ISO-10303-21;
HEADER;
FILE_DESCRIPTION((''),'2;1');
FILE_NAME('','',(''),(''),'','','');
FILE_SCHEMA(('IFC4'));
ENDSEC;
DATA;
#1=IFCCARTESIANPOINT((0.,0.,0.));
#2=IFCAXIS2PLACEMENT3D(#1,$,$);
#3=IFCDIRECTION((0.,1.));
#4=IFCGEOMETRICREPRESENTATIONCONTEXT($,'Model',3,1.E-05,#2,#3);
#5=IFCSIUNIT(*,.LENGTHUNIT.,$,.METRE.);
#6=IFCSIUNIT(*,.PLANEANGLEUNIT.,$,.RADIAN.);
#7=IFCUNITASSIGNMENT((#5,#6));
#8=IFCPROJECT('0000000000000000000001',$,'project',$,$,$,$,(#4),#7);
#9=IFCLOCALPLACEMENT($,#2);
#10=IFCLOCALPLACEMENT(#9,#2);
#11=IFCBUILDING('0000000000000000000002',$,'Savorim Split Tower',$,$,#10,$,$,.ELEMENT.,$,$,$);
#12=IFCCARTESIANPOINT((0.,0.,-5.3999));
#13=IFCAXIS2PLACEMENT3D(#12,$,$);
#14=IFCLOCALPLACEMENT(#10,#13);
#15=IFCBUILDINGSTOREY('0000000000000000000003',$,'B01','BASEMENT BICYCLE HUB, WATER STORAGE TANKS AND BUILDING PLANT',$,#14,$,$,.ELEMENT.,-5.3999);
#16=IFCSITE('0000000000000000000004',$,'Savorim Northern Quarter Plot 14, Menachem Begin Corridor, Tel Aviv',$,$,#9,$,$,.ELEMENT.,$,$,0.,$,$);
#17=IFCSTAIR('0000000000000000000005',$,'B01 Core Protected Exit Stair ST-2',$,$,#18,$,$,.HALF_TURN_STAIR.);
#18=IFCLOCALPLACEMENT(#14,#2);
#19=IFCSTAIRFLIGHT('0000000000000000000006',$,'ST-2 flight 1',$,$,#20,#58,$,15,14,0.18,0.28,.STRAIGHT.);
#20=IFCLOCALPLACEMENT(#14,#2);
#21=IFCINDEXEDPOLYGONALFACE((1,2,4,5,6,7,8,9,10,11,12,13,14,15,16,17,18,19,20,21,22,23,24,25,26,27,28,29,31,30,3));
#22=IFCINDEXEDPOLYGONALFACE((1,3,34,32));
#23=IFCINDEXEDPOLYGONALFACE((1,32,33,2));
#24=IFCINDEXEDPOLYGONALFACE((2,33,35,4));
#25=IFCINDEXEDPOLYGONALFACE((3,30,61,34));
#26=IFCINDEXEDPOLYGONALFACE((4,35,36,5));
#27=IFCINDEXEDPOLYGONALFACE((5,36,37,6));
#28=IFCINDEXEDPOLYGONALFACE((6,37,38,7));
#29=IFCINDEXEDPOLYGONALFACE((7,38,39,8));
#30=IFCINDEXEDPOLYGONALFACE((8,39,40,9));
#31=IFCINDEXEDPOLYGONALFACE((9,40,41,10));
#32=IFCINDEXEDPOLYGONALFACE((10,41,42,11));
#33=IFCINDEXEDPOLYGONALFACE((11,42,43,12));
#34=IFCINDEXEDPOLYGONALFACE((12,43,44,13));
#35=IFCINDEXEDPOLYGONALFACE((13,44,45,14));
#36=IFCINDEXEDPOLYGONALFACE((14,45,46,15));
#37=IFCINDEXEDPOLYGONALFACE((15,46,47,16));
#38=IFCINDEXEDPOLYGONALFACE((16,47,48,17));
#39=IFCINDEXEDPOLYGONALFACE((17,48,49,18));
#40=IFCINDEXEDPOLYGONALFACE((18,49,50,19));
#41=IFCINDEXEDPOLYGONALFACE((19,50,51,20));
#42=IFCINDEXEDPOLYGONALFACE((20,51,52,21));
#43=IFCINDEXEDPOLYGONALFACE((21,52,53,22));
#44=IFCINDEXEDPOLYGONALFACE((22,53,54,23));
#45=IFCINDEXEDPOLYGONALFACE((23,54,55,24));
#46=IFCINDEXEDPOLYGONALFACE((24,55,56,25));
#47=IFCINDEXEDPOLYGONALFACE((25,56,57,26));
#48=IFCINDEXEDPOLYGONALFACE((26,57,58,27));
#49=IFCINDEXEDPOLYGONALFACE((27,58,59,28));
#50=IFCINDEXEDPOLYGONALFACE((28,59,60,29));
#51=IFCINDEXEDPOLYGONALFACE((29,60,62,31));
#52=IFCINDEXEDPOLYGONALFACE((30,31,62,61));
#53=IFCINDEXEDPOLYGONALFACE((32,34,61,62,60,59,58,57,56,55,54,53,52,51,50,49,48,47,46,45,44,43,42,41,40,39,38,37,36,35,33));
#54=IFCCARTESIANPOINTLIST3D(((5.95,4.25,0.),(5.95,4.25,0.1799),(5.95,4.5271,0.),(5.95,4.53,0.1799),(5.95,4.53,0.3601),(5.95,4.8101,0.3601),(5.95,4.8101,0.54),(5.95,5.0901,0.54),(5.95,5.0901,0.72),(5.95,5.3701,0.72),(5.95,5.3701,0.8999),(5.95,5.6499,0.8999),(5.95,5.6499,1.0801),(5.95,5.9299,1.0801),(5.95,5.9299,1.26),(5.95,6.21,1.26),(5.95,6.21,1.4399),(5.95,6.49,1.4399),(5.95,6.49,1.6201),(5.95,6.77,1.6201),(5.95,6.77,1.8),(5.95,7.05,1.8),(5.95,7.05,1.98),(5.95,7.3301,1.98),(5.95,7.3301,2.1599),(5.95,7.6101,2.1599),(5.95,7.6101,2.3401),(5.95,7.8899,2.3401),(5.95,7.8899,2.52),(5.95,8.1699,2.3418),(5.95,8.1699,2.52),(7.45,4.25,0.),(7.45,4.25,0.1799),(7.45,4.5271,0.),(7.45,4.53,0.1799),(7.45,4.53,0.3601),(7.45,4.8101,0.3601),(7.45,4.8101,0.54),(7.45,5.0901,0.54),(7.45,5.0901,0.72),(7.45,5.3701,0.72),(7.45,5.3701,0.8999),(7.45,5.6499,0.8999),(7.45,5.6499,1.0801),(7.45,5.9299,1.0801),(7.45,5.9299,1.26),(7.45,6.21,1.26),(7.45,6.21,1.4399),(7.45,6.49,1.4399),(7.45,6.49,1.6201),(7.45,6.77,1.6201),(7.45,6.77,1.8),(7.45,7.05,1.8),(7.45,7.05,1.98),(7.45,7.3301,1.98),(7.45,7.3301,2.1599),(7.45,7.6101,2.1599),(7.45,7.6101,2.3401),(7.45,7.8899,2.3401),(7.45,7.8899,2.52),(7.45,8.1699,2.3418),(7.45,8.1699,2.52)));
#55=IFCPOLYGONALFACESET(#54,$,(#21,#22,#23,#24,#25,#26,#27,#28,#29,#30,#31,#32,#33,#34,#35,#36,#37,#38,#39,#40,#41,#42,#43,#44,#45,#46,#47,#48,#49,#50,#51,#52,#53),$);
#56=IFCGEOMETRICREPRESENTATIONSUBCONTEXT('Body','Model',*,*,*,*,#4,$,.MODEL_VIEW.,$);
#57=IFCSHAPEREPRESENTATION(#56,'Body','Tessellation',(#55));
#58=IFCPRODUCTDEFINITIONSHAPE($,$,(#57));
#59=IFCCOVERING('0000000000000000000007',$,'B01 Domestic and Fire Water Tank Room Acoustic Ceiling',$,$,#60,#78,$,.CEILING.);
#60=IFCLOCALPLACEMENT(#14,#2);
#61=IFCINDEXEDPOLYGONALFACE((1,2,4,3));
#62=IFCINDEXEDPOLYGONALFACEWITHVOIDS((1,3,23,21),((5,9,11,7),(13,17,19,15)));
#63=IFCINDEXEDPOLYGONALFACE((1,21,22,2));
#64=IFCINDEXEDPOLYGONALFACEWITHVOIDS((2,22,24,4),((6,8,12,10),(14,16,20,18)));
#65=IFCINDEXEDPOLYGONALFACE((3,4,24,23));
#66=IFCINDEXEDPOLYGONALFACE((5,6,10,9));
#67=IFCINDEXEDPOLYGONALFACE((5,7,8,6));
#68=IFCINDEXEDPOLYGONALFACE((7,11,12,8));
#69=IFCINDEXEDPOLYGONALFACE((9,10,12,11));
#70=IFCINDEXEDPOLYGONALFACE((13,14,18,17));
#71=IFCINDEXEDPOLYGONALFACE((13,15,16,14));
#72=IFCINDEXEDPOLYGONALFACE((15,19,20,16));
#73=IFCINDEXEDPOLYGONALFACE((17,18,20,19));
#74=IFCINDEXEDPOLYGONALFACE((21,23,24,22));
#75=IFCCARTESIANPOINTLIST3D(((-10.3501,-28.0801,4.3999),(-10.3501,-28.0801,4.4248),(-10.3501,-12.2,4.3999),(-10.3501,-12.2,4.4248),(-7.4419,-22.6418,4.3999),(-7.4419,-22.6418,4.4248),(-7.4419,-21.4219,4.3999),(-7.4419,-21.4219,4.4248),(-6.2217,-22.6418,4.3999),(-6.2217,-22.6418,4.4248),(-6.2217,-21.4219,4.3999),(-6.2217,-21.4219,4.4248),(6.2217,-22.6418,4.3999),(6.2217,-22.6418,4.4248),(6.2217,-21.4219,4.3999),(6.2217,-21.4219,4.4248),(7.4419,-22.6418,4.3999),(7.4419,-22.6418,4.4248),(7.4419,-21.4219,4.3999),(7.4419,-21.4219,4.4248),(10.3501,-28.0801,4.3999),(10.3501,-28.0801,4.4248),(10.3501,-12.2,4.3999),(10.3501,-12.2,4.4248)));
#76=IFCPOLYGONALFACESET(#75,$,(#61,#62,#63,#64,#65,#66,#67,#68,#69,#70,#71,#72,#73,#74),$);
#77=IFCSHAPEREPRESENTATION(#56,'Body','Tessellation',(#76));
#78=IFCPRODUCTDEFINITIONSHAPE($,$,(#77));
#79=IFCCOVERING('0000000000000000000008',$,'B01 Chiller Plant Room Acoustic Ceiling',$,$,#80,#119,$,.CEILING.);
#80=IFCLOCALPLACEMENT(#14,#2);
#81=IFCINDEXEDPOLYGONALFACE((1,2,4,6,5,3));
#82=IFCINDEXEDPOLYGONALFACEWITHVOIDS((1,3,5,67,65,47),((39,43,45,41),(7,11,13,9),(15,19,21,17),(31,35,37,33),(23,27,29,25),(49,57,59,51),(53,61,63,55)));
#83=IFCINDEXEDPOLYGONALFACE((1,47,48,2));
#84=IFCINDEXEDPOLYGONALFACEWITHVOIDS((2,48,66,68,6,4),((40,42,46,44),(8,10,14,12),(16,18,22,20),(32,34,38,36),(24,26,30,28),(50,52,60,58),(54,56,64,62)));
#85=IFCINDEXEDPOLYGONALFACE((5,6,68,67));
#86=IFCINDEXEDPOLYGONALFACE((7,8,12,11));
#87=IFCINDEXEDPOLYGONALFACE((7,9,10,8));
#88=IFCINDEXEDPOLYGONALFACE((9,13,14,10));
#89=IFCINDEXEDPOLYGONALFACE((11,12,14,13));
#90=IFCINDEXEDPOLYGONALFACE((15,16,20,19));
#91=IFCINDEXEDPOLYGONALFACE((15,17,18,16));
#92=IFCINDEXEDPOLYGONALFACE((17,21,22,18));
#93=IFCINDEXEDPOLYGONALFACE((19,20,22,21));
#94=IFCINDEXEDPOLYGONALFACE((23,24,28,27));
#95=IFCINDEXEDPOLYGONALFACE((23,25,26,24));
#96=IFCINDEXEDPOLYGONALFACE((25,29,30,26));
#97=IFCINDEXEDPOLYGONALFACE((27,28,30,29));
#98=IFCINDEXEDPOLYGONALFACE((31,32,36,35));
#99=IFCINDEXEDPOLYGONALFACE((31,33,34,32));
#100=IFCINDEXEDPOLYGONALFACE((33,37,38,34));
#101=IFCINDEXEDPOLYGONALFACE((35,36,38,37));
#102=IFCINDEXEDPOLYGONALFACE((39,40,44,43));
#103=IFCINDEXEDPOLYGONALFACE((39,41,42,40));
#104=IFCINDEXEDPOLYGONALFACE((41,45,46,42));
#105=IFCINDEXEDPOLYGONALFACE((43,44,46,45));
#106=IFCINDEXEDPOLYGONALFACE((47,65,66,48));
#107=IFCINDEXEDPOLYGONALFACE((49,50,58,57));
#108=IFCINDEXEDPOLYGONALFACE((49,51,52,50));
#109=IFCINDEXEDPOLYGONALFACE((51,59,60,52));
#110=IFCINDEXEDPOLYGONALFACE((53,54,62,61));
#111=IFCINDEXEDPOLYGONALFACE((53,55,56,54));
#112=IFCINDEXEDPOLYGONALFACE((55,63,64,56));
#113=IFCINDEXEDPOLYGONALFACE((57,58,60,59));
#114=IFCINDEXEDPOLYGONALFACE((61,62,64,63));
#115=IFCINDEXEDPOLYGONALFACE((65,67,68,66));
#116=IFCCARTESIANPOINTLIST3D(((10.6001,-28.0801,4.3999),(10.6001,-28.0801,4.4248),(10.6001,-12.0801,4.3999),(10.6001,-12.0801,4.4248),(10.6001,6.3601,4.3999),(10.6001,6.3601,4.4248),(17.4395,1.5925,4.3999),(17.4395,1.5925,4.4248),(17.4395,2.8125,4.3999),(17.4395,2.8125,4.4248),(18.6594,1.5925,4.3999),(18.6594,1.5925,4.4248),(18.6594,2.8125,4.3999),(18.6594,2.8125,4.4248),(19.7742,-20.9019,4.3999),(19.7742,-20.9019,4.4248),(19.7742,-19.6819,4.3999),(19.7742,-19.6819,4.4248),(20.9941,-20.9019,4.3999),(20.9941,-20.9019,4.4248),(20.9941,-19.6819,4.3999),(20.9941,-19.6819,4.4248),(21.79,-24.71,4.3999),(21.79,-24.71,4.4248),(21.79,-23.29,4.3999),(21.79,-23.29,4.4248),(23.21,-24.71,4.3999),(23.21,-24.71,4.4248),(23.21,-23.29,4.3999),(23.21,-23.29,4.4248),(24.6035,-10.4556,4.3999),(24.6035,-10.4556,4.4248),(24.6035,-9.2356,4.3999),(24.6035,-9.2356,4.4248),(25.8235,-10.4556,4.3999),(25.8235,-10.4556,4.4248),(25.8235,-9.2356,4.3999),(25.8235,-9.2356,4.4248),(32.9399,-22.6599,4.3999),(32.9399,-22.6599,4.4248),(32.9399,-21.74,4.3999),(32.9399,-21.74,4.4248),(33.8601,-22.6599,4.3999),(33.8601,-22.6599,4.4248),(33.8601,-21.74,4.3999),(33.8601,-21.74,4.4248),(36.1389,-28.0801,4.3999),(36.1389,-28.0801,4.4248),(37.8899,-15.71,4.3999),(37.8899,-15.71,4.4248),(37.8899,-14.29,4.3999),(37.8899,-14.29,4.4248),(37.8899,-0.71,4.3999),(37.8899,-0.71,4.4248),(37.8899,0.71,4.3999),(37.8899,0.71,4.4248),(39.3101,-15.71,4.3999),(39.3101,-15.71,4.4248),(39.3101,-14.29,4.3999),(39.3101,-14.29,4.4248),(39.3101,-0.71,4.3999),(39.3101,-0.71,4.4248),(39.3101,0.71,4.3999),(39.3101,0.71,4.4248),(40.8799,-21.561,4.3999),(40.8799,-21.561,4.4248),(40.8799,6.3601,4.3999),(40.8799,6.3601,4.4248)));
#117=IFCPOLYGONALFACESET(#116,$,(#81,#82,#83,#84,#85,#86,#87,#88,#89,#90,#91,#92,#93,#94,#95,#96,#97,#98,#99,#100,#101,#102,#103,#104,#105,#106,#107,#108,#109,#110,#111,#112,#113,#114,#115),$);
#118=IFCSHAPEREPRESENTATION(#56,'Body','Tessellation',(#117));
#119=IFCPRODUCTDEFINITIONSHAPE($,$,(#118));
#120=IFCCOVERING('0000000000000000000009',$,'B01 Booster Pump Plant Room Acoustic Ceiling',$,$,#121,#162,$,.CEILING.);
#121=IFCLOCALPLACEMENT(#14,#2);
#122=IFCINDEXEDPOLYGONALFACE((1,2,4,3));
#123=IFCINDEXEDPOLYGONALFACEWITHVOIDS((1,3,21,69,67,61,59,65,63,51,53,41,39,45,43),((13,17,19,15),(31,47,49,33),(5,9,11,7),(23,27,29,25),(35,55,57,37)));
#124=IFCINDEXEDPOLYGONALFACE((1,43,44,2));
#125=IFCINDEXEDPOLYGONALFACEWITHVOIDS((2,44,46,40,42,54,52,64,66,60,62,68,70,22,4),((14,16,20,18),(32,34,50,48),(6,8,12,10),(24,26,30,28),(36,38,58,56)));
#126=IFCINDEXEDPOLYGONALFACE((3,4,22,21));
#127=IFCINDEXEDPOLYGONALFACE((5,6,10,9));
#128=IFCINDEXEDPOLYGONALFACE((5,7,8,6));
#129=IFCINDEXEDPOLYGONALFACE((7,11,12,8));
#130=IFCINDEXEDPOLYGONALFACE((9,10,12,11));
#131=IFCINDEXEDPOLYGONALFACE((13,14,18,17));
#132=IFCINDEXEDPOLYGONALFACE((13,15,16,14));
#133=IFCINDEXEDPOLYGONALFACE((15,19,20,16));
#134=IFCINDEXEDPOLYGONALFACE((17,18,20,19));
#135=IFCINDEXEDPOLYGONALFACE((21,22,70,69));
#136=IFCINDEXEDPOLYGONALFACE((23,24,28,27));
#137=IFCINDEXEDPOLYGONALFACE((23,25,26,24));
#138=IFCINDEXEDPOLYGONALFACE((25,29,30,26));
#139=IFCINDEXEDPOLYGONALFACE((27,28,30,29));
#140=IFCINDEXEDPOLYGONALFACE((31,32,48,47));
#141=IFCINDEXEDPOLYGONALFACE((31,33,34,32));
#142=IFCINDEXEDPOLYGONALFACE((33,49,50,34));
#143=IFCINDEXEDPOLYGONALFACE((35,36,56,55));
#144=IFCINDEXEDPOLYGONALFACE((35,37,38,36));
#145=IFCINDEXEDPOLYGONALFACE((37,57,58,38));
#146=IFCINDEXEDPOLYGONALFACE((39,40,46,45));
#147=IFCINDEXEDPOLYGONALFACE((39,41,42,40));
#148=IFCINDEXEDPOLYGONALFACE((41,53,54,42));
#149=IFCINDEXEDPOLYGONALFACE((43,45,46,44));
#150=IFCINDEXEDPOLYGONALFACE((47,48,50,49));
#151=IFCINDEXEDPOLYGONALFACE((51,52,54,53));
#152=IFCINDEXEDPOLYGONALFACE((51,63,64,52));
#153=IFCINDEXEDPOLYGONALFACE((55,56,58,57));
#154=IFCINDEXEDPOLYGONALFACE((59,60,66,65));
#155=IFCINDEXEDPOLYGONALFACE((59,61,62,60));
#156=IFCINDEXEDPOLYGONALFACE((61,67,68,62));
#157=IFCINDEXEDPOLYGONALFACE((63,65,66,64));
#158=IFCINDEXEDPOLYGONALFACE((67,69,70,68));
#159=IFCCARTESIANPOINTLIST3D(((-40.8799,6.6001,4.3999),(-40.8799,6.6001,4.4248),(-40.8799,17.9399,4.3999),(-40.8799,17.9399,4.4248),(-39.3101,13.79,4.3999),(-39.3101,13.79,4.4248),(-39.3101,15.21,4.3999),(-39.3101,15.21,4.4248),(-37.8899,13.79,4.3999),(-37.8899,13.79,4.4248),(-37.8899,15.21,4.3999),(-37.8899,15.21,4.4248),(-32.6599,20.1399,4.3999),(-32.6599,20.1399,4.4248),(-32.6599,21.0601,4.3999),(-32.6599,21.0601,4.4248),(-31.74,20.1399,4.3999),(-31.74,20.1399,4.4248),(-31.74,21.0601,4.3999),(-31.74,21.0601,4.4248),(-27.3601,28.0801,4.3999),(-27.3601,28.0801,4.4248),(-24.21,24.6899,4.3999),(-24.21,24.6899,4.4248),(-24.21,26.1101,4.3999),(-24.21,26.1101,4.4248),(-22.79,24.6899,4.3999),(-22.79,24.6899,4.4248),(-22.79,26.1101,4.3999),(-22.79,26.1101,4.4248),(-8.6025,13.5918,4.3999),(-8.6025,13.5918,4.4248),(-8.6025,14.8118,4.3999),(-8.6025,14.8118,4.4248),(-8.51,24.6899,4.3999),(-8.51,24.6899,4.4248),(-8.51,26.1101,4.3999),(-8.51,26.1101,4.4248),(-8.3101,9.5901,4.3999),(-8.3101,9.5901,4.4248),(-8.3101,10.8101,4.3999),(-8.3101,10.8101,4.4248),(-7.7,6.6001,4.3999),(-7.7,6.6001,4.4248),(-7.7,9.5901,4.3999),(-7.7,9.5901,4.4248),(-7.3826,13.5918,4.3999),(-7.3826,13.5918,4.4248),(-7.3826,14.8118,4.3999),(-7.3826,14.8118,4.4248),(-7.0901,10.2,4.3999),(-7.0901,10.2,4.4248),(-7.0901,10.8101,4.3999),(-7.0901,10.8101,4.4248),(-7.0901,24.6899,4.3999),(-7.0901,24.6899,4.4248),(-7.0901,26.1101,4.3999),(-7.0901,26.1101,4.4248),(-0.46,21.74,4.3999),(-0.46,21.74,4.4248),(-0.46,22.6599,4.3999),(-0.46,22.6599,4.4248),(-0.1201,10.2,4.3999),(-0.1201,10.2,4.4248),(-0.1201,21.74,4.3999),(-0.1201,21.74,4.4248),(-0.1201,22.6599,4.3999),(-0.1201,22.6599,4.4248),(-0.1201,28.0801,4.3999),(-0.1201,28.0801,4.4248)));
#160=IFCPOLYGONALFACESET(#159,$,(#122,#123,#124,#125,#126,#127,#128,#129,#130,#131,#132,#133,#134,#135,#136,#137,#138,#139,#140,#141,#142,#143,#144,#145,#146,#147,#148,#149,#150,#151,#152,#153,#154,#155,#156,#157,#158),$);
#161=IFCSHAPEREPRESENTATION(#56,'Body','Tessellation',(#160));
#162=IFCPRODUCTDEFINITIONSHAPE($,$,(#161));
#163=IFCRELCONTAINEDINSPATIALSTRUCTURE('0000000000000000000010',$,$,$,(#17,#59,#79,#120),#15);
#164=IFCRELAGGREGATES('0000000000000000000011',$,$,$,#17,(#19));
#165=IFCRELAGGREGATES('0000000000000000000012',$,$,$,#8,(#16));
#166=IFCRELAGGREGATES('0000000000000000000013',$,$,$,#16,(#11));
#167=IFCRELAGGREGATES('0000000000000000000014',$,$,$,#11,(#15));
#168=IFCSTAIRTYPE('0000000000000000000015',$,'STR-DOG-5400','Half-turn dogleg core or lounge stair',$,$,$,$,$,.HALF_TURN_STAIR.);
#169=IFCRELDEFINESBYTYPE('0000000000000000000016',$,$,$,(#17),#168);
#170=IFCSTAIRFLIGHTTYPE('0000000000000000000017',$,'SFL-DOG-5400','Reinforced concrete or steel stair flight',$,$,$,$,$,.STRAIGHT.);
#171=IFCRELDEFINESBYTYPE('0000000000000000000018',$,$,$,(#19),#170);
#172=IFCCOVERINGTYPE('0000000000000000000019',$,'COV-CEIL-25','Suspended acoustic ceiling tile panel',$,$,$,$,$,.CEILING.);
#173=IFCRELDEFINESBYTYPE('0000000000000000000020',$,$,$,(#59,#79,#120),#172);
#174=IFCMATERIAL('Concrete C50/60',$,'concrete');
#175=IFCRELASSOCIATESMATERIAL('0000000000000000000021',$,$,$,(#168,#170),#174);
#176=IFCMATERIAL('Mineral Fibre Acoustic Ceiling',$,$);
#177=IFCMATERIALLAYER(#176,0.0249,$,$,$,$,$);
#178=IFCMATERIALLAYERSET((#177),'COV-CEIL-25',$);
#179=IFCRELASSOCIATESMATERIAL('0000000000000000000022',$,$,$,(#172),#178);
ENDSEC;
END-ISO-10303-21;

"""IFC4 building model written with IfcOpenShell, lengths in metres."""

from ifc_helpers import new_model, si_unit, direction, frame, origin, place, context, subcontext, project, spatial, polyline, outline, extrude, material, layer, layer_set, type_object, element, aggregate, save


model = new_model("IFC4")

# Units and contexts
model_context = context("Model", 3, precision=1e-05, world=origin(), true_north=direction((0.0, 1.0)))
body_context = subcontext(model_context, "Body", "Model", "MODEL_VIEW")
ifc_project = project(units=[si_unit("LENGTHUNIT", "METRE"), si_unit("PLANEANGLEUNIT", "RADIAN")], contexts=[model_context])

# Site, building, storey
site_placement = place(None, origin())
site = spatial("IfcSite", under=ifc_project, at=site_placement, Name="Savorim Northern Quarter Plot 14, Menachem Begin Corridor, Tel Aviv", CompositionType="ELEMENT", RefElevation=0.0)
building_placement = place(site_placement, origin())
building = spatial("IfcBuilding", under=site, at=building_placement, Name="Savorim Split Tower", CompositionType="ELEMENT")
storey_placement = place(building_placement, frame((0.0, 0.0, -5.3999)))
storey = spatial("IfcBuildingStorey", under=building, at=storey_placement, Name="B01", Description="BASEMENT BICYCLE HUB, WATER STORAGE TANKS AND BUILDING PLANT", CompositionType="ELEMENT", Elevation=-5.3999)

# Shared definitions
ifc_material_1 = material(Name="Concrete C50/60", Category="concrete")

# Stair, stair flight
stair_type = type_object("IfcStairType", Name="STR-DOG-5400", Description="Half-turn dogleg core or lounge stair", PredefinedType="HALF_TURN_STAIR", material=ifc_material_1)
stair_placement = place(storey_placement, origin())
stair = element("IfcStair", 1, at=stair_placement, inside=storey, type_object=stair_type, Name="B01 Core Protected Exit Stair ST-2", PredefinedType="HALF_TURN_STAIR")
stair_flight_type = type_object("IfcStairFlightType", Name="SFL-DOG-5400", Description="Reinforced concrete or steel stair flight", PredefinedType="STRAIGHT", material=ifc_material_1)
stair_flight_placement = place(storey_placement, frame((6.7, 4.25, 0.0), z_axis=(0.0, 0.0, 1.0), x_axis=(0.0, 1.0, 0.0)))
stair_flight = element("IfcStairFlight", 2, at=stair_flight_placement, type_object=stair_flight_type, Name="ST-2 flight 1", NumberOfRisers=15, NumberOfTreads=14, PredefinedType="STRAIGHT", RiserHeight=0.18, TreadLength=0.28, context=body_context, shape_type="SweptSolid", body=[
    extrude(outline(polyline([(0.0, 0.0), (0.0, 0.1799), (0.28, 0.1799), (0.28, 0.3601), (0.5601, 0.3601), (0.5601, 0.54), (0.8401, 0.54), (0.8401, 0.72), (1.1201, 0.72), (1.1201, 0.8999), (1.3999, 0.8999), (1.3999, 1.0801), (1.6799, 1.0801), (1.6799, 1.26), (1.96, 1.26), (1.96, 1.4399), (2.24, 1.4399), (2.24, 1.6201), (2.52, 1.6201), (2.52, 1.8), (2.8, 1.8), (2.8, 1.98), (3.0801, 1.98), (3.0801, 2.1599), (3.3601, 2.1599), (3.3601, 2.3401), (3.6399, 2.3401), (3.6399, 2.52), (3.9199, 2.52), (3.9199, 2.7), (3.9199, 2.3418), (0.2771, 0.0), (0.0, 0.0)])), frame((0.0, 0.75, 0.0), z_axis=(0.0, -1.0, 0.0), x_axis=(1.0, 0.0, 0.0)), (0.0, 0.0, 1.0), 1.5),
])
aggregate(stair, [stair_flight])

# Coverings
ifc_material_2 = material(Name="Mineral Fibre Acoustic Ceiling")
ifc_layer_1 = layer(ifc_material_2, 0.0249)
ifc_layer_set_1 = layer_set([ifc_layer_1], Name="COV-CEIL-25")
covering_type_1 = type_object("IfcCoveringType", Name="COV-CEIL-25", Description="Suspended acoustic ceiling tile panel", PredefinedType="CEILING", material=ifc_layer_set_1)
covering_1_placement = place(storey_placement, frame((0.0, 0.0, 4.3999)))
element("IfcCovering", 3, at=covering_1_placement, inside=storey, type_object=covering_type_1, Name="B01 Domestic and Fire Water Tank Room Acoustic Ceiling", PredefinedType="CEILING", context=body_context, shape_type="SweptSolid", body=[
    extrude(outline(polyline([(-10.3501, -12.2), (-10.3501, -28.0801), (10.3501, -28.0801), (10.3501, -12.2), (-10.3501, -12.2)]), holes=[polyline([(-6.2217, -21.4219), (-7.4419, -21.4219), (-7.4419, -22.6418), (-6.2217, -22.6418), (-6.2217, -21.4219)]), polyline([(6.2217, -21.4219), (6.2217, -22.6418), (7.4419, -22.6418), (7.4419, -21.4219), (6.2217, -21.4219)])]), origin(), (0.0, 0.0, 1.0), 0.0249),
])
covering_2_placement = place(storey_placement, frame((0.0, 0.0, 4.3999)))
element("IfcCovering", 4, at=covering_2_placement, inside=storey, type_object=covering_type_1, Name="B01 Chiller Plant Room Acoustic Ceiling", PredefinedType="CEILING", context=body_context, shape_type="SweptSolid", body=[
    extrude(outline(polyline([(10.6001, -28.0801), (36.1389, -28.0801), (40.8799, -21.561), (40.8799, 6.3601), (10.6001, 6.3601), (10.6001, -12.0801), (10.6001, -28.0801)]), holes=[polyline([(37.8899, -14.29), (37.8899, -15.71), (39.3101, -15.71), (39.3101, -14.29), (37.8899, -14.29)]), polyline([(37.8899, 0.71), (37.8899, -0.71), (39.3101, -0.71), (39.3101, 0.71), (37.8899, 0.71)]), polyline([(21.79, -24.71), (23.21, -24.71), (23.21, -23.29), (21.79, -23.29), (21.79, -24.71)]), polyline([(19.7742, -20.9019), (20.9941, -20.9019), (20.9941, -19.6819), (19.7742, -19.6819), (19.7742, -20.9019)]), polyline([(25.8235, -10.4556), (25.8235, -9.2356), (24.6035, -9.2356), (24.6035, -10.4556), (25.8235, -10.4556)]), polyline([(18.6594, 2.8125), (17.4395, 2.8125), (17.4395, 1.5925), (18.6594, 1.5925), (18.6594, 2.8125)]), polyline([(32.9399, -21.74), (32.9399, -22.6599), (33.8601, -22.6599), (33.8601, -21.74), (32.9399, -21.74)])]), origin(), (0.0, 0.0, 1.0), 0.0249),
])
covering_3_placement = place(storey_placement, frame((0.0, 0.0, 4.3999)))
element("IfcCovering", 5, at=covering_3_placement, inside=storey, type_object=covering_type_1, Name="B01 Booster Pump Plant Room Acoustic Ceiling", PredefinedType="CEILING", context=body_context, shape_type="SweptSolid", body=[
    extrude(outline(polyline([(-0.1201, 28.0801), (-27.3601, 28.0801), (-40.8799, 17.9399), (-40.8799, 6.6001), (-7.7, 6.6001), (-7.7, 9.5901), (-8.3101, 9.5901), (-8.3101, 10.8101), (-7.0901, 10.8101), (-7.0901, 10.2), (-0.1201, 10.2), (-0.1201, 21.74), (-0.46, 21.74), (-0.46, 22.6599), (-0.1201, 22.6599), (-0.1201, 28.0801)]), holes=[polyline([(-7.0901, 24.6899), (-7.0901, 26.1101), (-8.51, 26.1101), (-8.51, 24.6899), (-7.0901, 24.6899)]), polyline([(-22.79, 26.1101), (-24.21, 26.1101), (-24.21, 24.6899), (-22.79, 24.6899), (-22.79, 26.1101)]), polyline([(-37.8899, 15.21), (-39.3101, 15.21), (-39.3101, 13.79), (-37.8899, 13.79), (-37.8899, 15.21)]), polyline([(-8.6025, 13.5918), (-7.3826, 13.5918), (-7.3826, 14.8118), (-8.6025, 14.8118), (-8.6025, 13.5918)]), polyline([(-31.74, 20.1399), (-31.74, 21.0601), (-32.6599, 21.0601), (-32.6599, 20.1399), (-31.74, 20.1399)])]), origin(), (0.0, 0.0, 1.0), 0.0249),
])

save(model, "model.ifc")
